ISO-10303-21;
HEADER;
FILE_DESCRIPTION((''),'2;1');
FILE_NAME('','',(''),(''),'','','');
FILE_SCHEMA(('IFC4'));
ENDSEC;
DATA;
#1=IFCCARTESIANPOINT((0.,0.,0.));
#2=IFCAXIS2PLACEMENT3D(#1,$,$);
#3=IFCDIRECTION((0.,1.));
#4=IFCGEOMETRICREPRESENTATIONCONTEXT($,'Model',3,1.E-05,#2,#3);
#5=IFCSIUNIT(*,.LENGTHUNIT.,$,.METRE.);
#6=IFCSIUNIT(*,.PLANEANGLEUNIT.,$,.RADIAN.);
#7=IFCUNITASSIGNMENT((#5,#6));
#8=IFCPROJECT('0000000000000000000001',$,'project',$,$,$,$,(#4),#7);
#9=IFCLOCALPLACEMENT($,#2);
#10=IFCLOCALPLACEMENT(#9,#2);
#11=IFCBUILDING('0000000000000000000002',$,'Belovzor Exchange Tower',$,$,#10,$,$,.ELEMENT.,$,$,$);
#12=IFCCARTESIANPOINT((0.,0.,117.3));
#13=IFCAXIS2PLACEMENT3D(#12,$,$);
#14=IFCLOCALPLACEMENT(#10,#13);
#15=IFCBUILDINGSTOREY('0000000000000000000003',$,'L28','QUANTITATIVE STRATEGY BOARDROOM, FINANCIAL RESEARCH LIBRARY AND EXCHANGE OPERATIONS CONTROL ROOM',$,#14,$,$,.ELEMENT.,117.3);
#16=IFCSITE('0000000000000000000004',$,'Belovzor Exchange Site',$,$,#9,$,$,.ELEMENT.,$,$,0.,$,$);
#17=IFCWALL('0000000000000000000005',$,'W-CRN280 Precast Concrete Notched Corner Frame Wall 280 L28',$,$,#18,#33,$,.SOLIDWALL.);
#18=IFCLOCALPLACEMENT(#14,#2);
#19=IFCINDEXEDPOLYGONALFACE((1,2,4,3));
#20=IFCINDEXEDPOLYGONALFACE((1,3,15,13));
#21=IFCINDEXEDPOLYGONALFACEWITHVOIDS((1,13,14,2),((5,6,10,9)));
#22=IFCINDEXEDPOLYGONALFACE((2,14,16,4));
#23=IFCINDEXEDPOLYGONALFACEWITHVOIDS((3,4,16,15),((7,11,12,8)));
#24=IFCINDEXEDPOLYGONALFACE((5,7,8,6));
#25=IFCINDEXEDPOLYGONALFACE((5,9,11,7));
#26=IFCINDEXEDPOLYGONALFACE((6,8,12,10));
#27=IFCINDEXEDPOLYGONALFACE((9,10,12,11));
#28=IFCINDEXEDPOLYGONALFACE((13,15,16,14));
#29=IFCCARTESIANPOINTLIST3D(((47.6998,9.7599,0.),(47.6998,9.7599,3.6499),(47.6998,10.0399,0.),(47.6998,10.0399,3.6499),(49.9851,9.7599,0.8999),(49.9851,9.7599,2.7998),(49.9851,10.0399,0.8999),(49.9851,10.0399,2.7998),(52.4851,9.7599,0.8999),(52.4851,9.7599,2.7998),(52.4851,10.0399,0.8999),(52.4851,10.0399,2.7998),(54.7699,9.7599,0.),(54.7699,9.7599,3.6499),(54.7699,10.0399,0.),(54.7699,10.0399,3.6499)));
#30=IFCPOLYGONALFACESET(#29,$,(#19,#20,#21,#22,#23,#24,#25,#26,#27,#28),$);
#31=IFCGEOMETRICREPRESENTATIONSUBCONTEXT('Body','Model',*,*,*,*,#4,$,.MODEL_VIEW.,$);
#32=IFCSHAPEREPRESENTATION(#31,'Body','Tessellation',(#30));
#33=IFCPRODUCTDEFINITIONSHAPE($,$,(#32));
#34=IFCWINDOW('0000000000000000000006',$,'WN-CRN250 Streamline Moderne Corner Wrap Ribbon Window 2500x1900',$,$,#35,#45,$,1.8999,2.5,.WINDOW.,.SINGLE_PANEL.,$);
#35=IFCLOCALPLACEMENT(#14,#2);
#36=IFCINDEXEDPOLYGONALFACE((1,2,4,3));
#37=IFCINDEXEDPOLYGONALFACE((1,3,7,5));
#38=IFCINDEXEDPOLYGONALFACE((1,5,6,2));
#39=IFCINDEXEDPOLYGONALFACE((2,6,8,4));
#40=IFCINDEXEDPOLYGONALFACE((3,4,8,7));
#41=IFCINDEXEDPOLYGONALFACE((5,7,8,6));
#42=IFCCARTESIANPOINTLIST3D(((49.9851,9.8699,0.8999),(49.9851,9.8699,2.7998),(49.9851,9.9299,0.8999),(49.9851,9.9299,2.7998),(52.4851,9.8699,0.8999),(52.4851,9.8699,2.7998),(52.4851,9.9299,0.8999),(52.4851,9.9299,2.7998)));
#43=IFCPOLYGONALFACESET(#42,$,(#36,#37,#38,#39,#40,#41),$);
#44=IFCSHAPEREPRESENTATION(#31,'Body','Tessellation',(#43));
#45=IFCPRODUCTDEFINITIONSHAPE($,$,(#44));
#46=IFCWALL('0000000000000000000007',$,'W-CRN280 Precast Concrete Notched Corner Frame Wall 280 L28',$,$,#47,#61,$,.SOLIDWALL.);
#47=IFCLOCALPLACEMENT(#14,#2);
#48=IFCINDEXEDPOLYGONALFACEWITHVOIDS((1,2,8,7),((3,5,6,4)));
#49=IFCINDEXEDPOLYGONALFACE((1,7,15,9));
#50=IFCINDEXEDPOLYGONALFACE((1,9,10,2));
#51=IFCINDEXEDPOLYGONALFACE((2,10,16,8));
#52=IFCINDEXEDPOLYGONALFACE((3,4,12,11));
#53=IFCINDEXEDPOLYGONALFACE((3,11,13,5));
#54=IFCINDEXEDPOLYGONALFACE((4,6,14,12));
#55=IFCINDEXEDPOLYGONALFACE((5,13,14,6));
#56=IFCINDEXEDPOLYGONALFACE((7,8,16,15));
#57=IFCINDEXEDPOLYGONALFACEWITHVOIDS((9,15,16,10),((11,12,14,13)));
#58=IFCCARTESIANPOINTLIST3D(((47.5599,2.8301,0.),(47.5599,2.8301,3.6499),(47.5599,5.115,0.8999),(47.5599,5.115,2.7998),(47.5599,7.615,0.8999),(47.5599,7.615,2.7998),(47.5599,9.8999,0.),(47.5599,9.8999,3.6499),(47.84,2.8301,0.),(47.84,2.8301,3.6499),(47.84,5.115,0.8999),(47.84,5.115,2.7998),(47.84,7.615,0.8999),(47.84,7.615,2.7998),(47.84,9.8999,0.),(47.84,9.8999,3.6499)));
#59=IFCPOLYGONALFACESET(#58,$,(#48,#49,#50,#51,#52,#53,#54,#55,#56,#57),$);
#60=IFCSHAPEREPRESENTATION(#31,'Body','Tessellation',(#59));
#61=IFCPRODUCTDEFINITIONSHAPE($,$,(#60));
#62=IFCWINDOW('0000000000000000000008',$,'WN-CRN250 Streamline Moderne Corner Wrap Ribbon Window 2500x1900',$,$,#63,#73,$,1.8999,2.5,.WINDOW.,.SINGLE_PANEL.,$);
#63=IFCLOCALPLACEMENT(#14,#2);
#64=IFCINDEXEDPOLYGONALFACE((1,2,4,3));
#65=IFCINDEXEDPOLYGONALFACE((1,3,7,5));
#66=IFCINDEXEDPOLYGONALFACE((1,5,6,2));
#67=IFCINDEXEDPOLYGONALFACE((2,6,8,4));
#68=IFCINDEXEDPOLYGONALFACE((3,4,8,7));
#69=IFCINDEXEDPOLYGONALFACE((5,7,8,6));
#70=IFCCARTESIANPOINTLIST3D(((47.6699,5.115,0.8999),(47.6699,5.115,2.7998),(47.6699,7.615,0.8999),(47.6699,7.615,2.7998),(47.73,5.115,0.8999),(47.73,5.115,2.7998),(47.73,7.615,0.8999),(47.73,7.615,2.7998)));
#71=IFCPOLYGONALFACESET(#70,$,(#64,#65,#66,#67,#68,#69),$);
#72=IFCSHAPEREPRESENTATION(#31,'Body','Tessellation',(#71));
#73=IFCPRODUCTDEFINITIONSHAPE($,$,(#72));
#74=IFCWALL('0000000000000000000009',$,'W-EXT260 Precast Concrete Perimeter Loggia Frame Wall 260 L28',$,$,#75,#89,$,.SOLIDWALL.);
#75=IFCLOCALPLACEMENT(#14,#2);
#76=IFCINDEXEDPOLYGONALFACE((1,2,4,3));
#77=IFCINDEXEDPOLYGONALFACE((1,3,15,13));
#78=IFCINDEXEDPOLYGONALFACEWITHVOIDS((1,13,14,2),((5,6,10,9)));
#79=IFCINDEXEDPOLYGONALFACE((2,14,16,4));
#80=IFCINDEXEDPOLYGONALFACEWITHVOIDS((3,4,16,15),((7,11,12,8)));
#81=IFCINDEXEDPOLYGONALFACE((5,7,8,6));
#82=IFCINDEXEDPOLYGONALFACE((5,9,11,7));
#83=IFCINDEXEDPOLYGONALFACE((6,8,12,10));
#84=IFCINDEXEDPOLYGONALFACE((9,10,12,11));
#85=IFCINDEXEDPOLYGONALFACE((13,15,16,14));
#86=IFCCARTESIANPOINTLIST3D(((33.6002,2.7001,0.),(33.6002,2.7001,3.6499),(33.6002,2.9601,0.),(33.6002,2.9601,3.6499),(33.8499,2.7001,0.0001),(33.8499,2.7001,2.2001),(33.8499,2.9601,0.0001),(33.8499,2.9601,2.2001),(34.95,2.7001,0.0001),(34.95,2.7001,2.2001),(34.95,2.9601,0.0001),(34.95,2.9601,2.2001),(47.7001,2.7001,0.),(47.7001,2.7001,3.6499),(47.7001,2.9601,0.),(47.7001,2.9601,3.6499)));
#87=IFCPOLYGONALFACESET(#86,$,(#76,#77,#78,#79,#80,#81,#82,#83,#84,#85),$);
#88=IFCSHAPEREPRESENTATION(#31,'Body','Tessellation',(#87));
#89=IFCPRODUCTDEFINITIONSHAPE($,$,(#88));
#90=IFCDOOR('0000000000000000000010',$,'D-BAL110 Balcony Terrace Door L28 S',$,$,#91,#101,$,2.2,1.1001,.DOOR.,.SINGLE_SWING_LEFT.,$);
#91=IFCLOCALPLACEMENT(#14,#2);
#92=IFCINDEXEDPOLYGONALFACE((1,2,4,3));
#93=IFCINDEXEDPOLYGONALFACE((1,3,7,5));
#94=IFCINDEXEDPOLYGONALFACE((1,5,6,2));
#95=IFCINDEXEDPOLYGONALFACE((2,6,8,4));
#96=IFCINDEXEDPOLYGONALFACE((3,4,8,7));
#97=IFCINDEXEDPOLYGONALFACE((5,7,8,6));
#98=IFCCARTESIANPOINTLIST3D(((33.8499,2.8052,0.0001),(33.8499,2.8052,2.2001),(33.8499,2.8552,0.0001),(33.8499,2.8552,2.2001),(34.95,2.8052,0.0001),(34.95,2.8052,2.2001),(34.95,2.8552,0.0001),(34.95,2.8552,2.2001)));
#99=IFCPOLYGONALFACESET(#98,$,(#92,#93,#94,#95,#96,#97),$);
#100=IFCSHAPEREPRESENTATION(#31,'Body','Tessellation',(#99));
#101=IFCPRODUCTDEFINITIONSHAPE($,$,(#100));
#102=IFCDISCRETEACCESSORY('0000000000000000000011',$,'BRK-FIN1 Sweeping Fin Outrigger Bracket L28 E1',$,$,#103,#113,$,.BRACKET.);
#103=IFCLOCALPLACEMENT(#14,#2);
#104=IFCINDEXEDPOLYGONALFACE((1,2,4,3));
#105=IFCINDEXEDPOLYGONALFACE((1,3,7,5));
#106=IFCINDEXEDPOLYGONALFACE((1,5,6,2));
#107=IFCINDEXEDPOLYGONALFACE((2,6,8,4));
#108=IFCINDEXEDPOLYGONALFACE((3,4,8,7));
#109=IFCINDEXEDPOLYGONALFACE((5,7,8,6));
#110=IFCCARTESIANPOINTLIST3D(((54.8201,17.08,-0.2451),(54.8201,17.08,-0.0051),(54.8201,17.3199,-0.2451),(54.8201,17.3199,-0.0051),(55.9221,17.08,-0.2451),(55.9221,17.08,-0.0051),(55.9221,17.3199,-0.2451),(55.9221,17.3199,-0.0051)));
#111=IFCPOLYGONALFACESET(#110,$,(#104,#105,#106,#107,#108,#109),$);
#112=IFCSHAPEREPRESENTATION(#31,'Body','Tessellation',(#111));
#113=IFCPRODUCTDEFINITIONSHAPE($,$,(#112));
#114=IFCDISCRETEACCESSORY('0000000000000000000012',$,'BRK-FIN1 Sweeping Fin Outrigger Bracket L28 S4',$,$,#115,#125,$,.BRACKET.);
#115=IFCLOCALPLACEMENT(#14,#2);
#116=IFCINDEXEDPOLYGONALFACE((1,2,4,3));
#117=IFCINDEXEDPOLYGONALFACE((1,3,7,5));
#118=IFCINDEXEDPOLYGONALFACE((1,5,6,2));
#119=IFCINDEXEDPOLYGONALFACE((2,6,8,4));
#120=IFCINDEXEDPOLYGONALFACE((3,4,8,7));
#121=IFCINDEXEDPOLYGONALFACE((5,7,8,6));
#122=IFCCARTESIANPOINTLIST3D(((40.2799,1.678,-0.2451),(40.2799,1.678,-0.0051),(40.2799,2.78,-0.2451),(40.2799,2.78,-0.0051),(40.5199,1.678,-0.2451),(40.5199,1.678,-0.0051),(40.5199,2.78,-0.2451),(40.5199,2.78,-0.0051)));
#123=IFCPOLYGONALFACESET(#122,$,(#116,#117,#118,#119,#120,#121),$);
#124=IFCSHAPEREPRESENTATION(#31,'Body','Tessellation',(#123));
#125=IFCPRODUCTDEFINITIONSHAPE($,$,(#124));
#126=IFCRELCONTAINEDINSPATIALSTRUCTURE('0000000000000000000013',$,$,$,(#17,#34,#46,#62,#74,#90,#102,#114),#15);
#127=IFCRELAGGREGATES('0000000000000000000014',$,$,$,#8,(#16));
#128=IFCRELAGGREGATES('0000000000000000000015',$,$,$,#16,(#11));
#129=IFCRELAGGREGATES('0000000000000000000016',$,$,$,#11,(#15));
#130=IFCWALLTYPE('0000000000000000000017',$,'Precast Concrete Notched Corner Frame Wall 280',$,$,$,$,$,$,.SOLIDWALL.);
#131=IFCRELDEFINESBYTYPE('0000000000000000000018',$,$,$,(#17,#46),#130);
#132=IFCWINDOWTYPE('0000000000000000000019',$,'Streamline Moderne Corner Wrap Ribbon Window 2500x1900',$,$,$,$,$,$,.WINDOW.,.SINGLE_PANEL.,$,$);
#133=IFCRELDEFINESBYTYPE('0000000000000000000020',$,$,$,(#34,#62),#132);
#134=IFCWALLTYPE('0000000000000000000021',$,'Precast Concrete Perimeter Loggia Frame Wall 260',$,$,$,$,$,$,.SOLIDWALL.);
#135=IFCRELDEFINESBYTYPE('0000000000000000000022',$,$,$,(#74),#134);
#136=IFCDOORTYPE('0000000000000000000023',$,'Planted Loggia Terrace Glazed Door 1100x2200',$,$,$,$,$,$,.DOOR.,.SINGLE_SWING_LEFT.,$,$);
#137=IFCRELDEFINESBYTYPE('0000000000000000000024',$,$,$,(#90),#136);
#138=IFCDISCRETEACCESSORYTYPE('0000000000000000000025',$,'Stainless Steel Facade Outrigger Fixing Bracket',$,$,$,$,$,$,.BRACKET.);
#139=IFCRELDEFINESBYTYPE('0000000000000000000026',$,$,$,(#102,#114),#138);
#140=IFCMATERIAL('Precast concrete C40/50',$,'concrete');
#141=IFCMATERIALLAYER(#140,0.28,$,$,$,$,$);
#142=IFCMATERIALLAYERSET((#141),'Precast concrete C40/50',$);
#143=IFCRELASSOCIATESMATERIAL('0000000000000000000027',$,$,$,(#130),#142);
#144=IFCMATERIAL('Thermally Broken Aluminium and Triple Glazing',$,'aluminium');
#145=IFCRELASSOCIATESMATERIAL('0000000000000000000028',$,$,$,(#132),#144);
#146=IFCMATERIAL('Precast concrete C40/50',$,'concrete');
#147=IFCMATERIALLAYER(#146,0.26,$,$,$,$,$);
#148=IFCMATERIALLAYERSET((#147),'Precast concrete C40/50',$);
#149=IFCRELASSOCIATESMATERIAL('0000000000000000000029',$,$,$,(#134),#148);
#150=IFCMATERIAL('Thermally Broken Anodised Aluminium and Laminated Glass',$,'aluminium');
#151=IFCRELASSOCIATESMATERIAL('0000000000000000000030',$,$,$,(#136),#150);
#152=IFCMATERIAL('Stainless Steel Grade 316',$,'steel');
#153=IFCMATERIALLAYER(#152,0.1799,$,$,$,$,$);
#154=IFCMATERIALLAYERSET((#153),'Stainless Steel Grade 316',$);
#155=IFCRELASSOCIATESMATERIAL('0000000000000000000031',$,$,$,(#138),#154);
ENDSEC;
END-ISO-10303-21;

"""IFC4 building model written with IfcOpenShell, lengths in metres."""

from ifc_helpers import new_model, si_unit, direction, frame, frame_2d, origin, origin_2d, place, context, subcontext, project, spatial, rectangle, extrude, material, layer, layer_set, type_object, element, fill, save


model = new_model("IFC4")

# Units and contexts
model_context = context("Model", 3, precision=1e-05, world=origin(), true_north=direction((0.0, 1.0)))
body_context = subcontext(model_context, "Body", "Model", "MODEL_VIEW")
ifc_project = project(units=[si_unit("LENGTHUNIT", "METRE"), si_unit("PLANEANGLEUNIT", "RADIAN")], contexts=[model_context])

# Site, building, storey
site_placement = place(None, origin())
site = spatial("IfcSite", under=ifc_project, at=site_placement, Name="Belovzor Exchange Site", CompositionType="ELEMENT", RefElevation=0.0)
building_placement = place(site_placement, origin())
building = spatial("IfcBuilding", under=site, at=building_placement, Name="Belovzor Exchange Tower", CompositionType="ELEMENT")
storey_placement = place(building_placement, frame((0.0, 0.0, 117.3)))
storey = spatial("IfcBuildingStorey", under=building, at=storey_placement, Name="L28", Description="QUANTITATIVE STRATEGY BOARDROOM, FINANCIAL RESEARCH LIBRARY AND EXCHANGE OPERATIONS CONTROL ROOM", CompositionType="ELEMENT", Elevation=117.3)

# Walls, openings, windows
ifc_material_1 = material(Name="Precast concrete C40/50", Category="concrete")
ifc_layer_1 = layer(ifc_material_1, 0.28)
ifc_layer_set_1 = layer_set([ifc_layer_1], Name="Precast concrete C40/50")
wall_type_1 = type_object("IfcWallType", Name="Precast Concrete Notched Corner Frame Wall 280", PredefinedType="SOLIDWALL", material=ifc_layer_set_1)
wall_1_placement = place(storey_placement, frame((54.77, 9.8999, 0.0), z_axis=(0.0, 0.0, 1.0), x_axis=(-1.0, 0.0, 0.0)))
wall_1 = element("IfcWall", 1, at=wall_1_placement, inside=storey, type_object=wall_type_1, Name="W-CRN280 Precast Concrete Notched Corner Frame Wall 280 L28", PredefinedType="SOLIDWALL", context=body_context, shape_type="SweptSolid", body=[
    extrude(rectangle(XDim=7.0701, YDim=0.28, at=frame_2d((3.5352, 0.0))), origin(), (0.0, 0.0, 1.0), 3.6499),
])
opening_1_placement = place(wall_1_placement, frame((2.2849, 0.0, 0.8999)))
opening_1 = element("IfcOpeningElement", 2, at=opening_1_placement, cuts=wall_1, PredefinedType="OPENING", context=body_context, shape_type="SweptSolid", body=[
    extrude(rectangle(XDim=2.5, YDim=1.8999, at=frame_2d((1.25, 0.95))), frame((0.0, 0.1499, 0.0), z_axis=(0.0, -1.0, 0.0), x_axis=(1.0, 0.0, 0.0)), (0.0, 0.0, 1.0), 0.3),
])
ifc_material_2 = material(Name="Thermally Broken Aluminium and Triple Glazing", Category="aluminium")
window_type = type_object("IfcWindowType", Name="Streamline Moderne Corner Wrap Ribbon Window 2500x1900", PartitioningType="SINGLE_PANEL", PredefinedType="WINDOW", material=ifc_material_2)
window_1_placement = place(opening_1_placement, origin())
window_1 = element("IfcWindow", 3, at=window_1_placement, inside=storey, type_object=window_type, Name="WN-CRN250 Streamline Moderne Corner Wrap Ribbon Window 2500x1900", OverallHeight=1.8999, OverallWidth=2.5, PartitioningType="SINGLE_PANEL", PredefinedType="WINDOW", context=body_context, shape_type="SweptSolid", body=[
    extrude(rectangle(XDim=2.5, YDim=1.8999, at=frame_2d((1.25, 0.95))), frame((0.0, 0.03, 0.0), z_axis=(0.0, -1.0, 0.0), x_axis=(1.0, 0.0, 0.0)), (0.0, 0.0, 1.0), 0.0601),
])
fill(opening_1, window_1)
wall_2_placement = place(storey_placement, frame((47.7, 9.8999, 0.0), z_axis=(0.0, 0.0, 1.0), x_axis=(0.0, -1.0, 0.0)))
wall_2 = element("IfcWall", 4, at=wall_2_placement, inside=storey, type_object=wall_type_1, Name="W-CRN280 Precast Concrete Notched Corner Frame Wall 280 L28", PredefinedType="SOLIDWALL", context=body_context, shape_type="SweptSolid", body=[
    extrude(rectangle(XDim=7.0698, YDim=0.28, at=frame_2d((3.5349, 0.0))), origin(), (0.0, 0.0, 1.0), 3.6499),
])
opening_2_placement = place(wall_2_placement, frame((2.2849, 0.0, 0.8999)))
opening_2 = element("IfcOpeningElement", 5, at=opening_2_placement, cuts=wall_2, PredefinedType="OPENING", context=body_context, shape_type="SweptSolid", body=[
    extrude(rectangle(XDim=2.5, YDim=1.8999, at=frame_2d((1.25, 0.95))), frame((0.0, 0.1499, 0.0), z_axis=(0.0, -1.0, 0.0), x_axis=(1.0, 0.0, 0.0)), (0.0, 0.0, 1.0), 0.3),
])
window_2_placement = place(opening_2_placement, origin())
window_2 = element("IfcWindow", 6, at=window_2_placement, inside=storey, type_object=window_type, Name="WN-CRN250 Streamline Moderne Corner Wrap Ribbon Window 2500x1900", OverallHeight=1.8999, OverallWidth=2.5, PartitioningType="SINGLE_PANEL", PredefinedType="WINDOW", context=body_context, shape_type="SweptSolid", body=[
    extrude(rectangle(XDim=2.5, YDim=1.8999, at=frame_2d((1.25, 0.95))), frame((0.0, 0.03, 0.0), z_axis=(0.0, -1.0, 0.0), x_axis=(1.0, 0.0, 0.0)), (0.0, 0.0, 1.0), 0.0601),
])
fill(opening_2, window_2)

# Wall, opening, door
ifc_material_3 = material(Name="Precast concrete C40/50", Category="concrete")
ifc_layer_2 = layer(ifc_material_3, 0.26)
ifc_layer_set_2 = layer_set([ifc_layer_2], Name="Precast concrete C40/50")
wall_type_2 = type_object("IfcWallType", Name="Precast Concrete Perimeter Loggia Frame Wall 260", PredefinedType="SOLIDWALL", material=ifc_layer_set_2)
wall_3_placement = place(storey_placement, frame((47.7, 2.8301, 0.0), z_axis=(0.0, 0.0, 1.0), x_axis=(-1.0, 0.0, 0.0)))
wall_3 = element("IfcWall", 7, at=wall_3_placement, inside=storey, type_object=wall_type_2, Name="W-EXT260 Precast Concrete Perimeter Loggia Frame Wall 260 L28", PredefinedType="SOLIDWALL", context=body_context, shape_type="SweptSolid", body=[
    extrude(rectangle(XDim=14.0999, YDim=0.26, at=frame_2d((7.0498, 0.0))), origin(), (0.0, 0.0, 1.0), 3.6499),
])
opening_3_placement = place(wall_3_placement, frame((12.75, 0.0, 0.0)))
opening_3 = element("IfcOpeningElement", 8, at=opening_3_placement, cuts=wall_3, PredefinedType="OPENING", context=body_context, shape_type="SweptSolid", body=[
    extrude(rectangle(XDim=1.1001, YDim=2.2, at=frame_2d((0.55, 1.1001))), frame((0.0, 0.1399, 0.0), z_axis=(0.0, -1.0, 0.0), x_axis=(1.0, 0.0, 0.0)), (0.0, 0.0, 1.0), 0.28),
])
ifc_material_4 = material(Name="Thermally Broken Anodised Aluminium and Laminated Glass", Category="aluminium")
door_type_1 = type_object("IfcDoorType", Name="Planted Loggia Terrace Glazed Door 1100x2200", OperationType="SINGLE_SWING_LEFT", PredefinedType="DOOR", material=ifc_material_4)
door_1_placement = place(opening_3_placement, origin())
door_1 = element("IfcDoor", 9, at=door_1_placement, inside=storey, type_object=door_type_1, Name="D-BAL110 Balcony Terrace Door L28 S", OperationType="SINGLE_SWING_LEFT", OverallHeight=2.2, OverallWidth=1.1001, PredefinedType="DOOR", context=body_context, shape_type="SweptSolid", body=[
    extrude(rectangle(XDim=1.1001, YDim=2.2, at=frame_2d((0.55, 1.1001))), frame((0.0, 0.0249, 0.0), z_axis=(0.0, -1.0, 0.0), x_axis=(1.0, 0.0, 0.0)), (0.0, 0.0, 1.0), 0.05),
])
fill(opening_3, door_1)

# Discrete accessories
ifc_material_5 = material(Name="Stainless Steel Grade 316", Category="steel")
ifc_layer_3 = layer(ifc_material_5, 0.1799)
ifc_layer_set_3 = layer_set([ifc_layer_3], Name="Stainless Steel Grade 316")
discrete_accessory_type = type_object("IfcDiscreteAccessoryType", Name="Stainless Steel Facade Outrigger Fixing Bracket", PredefinedType="BRACKET", material=ifc_layer_set_3)
for number, where, z_axis, x_axis, name in (
    (10, (55.3711, 17.2, -0.2451), (0.0, 0.0, 1.0), (1.0, 0.0, 0.0), "BRK-FIN1 Sweeping Fin Outrigger Bracket L28 E1"),
    (11, (40.3999, 2.229, -0.2451), (0.0, 0.0, 1.0), (0.0, 1.0, 0.0), "BRK-FIN1 Sweeping Fin Outrigger Bracket L28 S4"),
):
    element("IfcDiscreteAccessory", number, at=place(storey_placement, frame(where, z_axis=z_axis, x_axis=x_axis)), inside=storey, type_object=discrete_accessory_type, Name=name, PredefinedType="BRACKET", context=body_context, shape_type="SweptSolid", body=[
        extrude(rectangle(XDim=1.1021, YDim=0.24, at=origin_2d()), origin(), (0.0, 0.0, 1.0), 0.24),
    ])

save(model, "model.ifc")
